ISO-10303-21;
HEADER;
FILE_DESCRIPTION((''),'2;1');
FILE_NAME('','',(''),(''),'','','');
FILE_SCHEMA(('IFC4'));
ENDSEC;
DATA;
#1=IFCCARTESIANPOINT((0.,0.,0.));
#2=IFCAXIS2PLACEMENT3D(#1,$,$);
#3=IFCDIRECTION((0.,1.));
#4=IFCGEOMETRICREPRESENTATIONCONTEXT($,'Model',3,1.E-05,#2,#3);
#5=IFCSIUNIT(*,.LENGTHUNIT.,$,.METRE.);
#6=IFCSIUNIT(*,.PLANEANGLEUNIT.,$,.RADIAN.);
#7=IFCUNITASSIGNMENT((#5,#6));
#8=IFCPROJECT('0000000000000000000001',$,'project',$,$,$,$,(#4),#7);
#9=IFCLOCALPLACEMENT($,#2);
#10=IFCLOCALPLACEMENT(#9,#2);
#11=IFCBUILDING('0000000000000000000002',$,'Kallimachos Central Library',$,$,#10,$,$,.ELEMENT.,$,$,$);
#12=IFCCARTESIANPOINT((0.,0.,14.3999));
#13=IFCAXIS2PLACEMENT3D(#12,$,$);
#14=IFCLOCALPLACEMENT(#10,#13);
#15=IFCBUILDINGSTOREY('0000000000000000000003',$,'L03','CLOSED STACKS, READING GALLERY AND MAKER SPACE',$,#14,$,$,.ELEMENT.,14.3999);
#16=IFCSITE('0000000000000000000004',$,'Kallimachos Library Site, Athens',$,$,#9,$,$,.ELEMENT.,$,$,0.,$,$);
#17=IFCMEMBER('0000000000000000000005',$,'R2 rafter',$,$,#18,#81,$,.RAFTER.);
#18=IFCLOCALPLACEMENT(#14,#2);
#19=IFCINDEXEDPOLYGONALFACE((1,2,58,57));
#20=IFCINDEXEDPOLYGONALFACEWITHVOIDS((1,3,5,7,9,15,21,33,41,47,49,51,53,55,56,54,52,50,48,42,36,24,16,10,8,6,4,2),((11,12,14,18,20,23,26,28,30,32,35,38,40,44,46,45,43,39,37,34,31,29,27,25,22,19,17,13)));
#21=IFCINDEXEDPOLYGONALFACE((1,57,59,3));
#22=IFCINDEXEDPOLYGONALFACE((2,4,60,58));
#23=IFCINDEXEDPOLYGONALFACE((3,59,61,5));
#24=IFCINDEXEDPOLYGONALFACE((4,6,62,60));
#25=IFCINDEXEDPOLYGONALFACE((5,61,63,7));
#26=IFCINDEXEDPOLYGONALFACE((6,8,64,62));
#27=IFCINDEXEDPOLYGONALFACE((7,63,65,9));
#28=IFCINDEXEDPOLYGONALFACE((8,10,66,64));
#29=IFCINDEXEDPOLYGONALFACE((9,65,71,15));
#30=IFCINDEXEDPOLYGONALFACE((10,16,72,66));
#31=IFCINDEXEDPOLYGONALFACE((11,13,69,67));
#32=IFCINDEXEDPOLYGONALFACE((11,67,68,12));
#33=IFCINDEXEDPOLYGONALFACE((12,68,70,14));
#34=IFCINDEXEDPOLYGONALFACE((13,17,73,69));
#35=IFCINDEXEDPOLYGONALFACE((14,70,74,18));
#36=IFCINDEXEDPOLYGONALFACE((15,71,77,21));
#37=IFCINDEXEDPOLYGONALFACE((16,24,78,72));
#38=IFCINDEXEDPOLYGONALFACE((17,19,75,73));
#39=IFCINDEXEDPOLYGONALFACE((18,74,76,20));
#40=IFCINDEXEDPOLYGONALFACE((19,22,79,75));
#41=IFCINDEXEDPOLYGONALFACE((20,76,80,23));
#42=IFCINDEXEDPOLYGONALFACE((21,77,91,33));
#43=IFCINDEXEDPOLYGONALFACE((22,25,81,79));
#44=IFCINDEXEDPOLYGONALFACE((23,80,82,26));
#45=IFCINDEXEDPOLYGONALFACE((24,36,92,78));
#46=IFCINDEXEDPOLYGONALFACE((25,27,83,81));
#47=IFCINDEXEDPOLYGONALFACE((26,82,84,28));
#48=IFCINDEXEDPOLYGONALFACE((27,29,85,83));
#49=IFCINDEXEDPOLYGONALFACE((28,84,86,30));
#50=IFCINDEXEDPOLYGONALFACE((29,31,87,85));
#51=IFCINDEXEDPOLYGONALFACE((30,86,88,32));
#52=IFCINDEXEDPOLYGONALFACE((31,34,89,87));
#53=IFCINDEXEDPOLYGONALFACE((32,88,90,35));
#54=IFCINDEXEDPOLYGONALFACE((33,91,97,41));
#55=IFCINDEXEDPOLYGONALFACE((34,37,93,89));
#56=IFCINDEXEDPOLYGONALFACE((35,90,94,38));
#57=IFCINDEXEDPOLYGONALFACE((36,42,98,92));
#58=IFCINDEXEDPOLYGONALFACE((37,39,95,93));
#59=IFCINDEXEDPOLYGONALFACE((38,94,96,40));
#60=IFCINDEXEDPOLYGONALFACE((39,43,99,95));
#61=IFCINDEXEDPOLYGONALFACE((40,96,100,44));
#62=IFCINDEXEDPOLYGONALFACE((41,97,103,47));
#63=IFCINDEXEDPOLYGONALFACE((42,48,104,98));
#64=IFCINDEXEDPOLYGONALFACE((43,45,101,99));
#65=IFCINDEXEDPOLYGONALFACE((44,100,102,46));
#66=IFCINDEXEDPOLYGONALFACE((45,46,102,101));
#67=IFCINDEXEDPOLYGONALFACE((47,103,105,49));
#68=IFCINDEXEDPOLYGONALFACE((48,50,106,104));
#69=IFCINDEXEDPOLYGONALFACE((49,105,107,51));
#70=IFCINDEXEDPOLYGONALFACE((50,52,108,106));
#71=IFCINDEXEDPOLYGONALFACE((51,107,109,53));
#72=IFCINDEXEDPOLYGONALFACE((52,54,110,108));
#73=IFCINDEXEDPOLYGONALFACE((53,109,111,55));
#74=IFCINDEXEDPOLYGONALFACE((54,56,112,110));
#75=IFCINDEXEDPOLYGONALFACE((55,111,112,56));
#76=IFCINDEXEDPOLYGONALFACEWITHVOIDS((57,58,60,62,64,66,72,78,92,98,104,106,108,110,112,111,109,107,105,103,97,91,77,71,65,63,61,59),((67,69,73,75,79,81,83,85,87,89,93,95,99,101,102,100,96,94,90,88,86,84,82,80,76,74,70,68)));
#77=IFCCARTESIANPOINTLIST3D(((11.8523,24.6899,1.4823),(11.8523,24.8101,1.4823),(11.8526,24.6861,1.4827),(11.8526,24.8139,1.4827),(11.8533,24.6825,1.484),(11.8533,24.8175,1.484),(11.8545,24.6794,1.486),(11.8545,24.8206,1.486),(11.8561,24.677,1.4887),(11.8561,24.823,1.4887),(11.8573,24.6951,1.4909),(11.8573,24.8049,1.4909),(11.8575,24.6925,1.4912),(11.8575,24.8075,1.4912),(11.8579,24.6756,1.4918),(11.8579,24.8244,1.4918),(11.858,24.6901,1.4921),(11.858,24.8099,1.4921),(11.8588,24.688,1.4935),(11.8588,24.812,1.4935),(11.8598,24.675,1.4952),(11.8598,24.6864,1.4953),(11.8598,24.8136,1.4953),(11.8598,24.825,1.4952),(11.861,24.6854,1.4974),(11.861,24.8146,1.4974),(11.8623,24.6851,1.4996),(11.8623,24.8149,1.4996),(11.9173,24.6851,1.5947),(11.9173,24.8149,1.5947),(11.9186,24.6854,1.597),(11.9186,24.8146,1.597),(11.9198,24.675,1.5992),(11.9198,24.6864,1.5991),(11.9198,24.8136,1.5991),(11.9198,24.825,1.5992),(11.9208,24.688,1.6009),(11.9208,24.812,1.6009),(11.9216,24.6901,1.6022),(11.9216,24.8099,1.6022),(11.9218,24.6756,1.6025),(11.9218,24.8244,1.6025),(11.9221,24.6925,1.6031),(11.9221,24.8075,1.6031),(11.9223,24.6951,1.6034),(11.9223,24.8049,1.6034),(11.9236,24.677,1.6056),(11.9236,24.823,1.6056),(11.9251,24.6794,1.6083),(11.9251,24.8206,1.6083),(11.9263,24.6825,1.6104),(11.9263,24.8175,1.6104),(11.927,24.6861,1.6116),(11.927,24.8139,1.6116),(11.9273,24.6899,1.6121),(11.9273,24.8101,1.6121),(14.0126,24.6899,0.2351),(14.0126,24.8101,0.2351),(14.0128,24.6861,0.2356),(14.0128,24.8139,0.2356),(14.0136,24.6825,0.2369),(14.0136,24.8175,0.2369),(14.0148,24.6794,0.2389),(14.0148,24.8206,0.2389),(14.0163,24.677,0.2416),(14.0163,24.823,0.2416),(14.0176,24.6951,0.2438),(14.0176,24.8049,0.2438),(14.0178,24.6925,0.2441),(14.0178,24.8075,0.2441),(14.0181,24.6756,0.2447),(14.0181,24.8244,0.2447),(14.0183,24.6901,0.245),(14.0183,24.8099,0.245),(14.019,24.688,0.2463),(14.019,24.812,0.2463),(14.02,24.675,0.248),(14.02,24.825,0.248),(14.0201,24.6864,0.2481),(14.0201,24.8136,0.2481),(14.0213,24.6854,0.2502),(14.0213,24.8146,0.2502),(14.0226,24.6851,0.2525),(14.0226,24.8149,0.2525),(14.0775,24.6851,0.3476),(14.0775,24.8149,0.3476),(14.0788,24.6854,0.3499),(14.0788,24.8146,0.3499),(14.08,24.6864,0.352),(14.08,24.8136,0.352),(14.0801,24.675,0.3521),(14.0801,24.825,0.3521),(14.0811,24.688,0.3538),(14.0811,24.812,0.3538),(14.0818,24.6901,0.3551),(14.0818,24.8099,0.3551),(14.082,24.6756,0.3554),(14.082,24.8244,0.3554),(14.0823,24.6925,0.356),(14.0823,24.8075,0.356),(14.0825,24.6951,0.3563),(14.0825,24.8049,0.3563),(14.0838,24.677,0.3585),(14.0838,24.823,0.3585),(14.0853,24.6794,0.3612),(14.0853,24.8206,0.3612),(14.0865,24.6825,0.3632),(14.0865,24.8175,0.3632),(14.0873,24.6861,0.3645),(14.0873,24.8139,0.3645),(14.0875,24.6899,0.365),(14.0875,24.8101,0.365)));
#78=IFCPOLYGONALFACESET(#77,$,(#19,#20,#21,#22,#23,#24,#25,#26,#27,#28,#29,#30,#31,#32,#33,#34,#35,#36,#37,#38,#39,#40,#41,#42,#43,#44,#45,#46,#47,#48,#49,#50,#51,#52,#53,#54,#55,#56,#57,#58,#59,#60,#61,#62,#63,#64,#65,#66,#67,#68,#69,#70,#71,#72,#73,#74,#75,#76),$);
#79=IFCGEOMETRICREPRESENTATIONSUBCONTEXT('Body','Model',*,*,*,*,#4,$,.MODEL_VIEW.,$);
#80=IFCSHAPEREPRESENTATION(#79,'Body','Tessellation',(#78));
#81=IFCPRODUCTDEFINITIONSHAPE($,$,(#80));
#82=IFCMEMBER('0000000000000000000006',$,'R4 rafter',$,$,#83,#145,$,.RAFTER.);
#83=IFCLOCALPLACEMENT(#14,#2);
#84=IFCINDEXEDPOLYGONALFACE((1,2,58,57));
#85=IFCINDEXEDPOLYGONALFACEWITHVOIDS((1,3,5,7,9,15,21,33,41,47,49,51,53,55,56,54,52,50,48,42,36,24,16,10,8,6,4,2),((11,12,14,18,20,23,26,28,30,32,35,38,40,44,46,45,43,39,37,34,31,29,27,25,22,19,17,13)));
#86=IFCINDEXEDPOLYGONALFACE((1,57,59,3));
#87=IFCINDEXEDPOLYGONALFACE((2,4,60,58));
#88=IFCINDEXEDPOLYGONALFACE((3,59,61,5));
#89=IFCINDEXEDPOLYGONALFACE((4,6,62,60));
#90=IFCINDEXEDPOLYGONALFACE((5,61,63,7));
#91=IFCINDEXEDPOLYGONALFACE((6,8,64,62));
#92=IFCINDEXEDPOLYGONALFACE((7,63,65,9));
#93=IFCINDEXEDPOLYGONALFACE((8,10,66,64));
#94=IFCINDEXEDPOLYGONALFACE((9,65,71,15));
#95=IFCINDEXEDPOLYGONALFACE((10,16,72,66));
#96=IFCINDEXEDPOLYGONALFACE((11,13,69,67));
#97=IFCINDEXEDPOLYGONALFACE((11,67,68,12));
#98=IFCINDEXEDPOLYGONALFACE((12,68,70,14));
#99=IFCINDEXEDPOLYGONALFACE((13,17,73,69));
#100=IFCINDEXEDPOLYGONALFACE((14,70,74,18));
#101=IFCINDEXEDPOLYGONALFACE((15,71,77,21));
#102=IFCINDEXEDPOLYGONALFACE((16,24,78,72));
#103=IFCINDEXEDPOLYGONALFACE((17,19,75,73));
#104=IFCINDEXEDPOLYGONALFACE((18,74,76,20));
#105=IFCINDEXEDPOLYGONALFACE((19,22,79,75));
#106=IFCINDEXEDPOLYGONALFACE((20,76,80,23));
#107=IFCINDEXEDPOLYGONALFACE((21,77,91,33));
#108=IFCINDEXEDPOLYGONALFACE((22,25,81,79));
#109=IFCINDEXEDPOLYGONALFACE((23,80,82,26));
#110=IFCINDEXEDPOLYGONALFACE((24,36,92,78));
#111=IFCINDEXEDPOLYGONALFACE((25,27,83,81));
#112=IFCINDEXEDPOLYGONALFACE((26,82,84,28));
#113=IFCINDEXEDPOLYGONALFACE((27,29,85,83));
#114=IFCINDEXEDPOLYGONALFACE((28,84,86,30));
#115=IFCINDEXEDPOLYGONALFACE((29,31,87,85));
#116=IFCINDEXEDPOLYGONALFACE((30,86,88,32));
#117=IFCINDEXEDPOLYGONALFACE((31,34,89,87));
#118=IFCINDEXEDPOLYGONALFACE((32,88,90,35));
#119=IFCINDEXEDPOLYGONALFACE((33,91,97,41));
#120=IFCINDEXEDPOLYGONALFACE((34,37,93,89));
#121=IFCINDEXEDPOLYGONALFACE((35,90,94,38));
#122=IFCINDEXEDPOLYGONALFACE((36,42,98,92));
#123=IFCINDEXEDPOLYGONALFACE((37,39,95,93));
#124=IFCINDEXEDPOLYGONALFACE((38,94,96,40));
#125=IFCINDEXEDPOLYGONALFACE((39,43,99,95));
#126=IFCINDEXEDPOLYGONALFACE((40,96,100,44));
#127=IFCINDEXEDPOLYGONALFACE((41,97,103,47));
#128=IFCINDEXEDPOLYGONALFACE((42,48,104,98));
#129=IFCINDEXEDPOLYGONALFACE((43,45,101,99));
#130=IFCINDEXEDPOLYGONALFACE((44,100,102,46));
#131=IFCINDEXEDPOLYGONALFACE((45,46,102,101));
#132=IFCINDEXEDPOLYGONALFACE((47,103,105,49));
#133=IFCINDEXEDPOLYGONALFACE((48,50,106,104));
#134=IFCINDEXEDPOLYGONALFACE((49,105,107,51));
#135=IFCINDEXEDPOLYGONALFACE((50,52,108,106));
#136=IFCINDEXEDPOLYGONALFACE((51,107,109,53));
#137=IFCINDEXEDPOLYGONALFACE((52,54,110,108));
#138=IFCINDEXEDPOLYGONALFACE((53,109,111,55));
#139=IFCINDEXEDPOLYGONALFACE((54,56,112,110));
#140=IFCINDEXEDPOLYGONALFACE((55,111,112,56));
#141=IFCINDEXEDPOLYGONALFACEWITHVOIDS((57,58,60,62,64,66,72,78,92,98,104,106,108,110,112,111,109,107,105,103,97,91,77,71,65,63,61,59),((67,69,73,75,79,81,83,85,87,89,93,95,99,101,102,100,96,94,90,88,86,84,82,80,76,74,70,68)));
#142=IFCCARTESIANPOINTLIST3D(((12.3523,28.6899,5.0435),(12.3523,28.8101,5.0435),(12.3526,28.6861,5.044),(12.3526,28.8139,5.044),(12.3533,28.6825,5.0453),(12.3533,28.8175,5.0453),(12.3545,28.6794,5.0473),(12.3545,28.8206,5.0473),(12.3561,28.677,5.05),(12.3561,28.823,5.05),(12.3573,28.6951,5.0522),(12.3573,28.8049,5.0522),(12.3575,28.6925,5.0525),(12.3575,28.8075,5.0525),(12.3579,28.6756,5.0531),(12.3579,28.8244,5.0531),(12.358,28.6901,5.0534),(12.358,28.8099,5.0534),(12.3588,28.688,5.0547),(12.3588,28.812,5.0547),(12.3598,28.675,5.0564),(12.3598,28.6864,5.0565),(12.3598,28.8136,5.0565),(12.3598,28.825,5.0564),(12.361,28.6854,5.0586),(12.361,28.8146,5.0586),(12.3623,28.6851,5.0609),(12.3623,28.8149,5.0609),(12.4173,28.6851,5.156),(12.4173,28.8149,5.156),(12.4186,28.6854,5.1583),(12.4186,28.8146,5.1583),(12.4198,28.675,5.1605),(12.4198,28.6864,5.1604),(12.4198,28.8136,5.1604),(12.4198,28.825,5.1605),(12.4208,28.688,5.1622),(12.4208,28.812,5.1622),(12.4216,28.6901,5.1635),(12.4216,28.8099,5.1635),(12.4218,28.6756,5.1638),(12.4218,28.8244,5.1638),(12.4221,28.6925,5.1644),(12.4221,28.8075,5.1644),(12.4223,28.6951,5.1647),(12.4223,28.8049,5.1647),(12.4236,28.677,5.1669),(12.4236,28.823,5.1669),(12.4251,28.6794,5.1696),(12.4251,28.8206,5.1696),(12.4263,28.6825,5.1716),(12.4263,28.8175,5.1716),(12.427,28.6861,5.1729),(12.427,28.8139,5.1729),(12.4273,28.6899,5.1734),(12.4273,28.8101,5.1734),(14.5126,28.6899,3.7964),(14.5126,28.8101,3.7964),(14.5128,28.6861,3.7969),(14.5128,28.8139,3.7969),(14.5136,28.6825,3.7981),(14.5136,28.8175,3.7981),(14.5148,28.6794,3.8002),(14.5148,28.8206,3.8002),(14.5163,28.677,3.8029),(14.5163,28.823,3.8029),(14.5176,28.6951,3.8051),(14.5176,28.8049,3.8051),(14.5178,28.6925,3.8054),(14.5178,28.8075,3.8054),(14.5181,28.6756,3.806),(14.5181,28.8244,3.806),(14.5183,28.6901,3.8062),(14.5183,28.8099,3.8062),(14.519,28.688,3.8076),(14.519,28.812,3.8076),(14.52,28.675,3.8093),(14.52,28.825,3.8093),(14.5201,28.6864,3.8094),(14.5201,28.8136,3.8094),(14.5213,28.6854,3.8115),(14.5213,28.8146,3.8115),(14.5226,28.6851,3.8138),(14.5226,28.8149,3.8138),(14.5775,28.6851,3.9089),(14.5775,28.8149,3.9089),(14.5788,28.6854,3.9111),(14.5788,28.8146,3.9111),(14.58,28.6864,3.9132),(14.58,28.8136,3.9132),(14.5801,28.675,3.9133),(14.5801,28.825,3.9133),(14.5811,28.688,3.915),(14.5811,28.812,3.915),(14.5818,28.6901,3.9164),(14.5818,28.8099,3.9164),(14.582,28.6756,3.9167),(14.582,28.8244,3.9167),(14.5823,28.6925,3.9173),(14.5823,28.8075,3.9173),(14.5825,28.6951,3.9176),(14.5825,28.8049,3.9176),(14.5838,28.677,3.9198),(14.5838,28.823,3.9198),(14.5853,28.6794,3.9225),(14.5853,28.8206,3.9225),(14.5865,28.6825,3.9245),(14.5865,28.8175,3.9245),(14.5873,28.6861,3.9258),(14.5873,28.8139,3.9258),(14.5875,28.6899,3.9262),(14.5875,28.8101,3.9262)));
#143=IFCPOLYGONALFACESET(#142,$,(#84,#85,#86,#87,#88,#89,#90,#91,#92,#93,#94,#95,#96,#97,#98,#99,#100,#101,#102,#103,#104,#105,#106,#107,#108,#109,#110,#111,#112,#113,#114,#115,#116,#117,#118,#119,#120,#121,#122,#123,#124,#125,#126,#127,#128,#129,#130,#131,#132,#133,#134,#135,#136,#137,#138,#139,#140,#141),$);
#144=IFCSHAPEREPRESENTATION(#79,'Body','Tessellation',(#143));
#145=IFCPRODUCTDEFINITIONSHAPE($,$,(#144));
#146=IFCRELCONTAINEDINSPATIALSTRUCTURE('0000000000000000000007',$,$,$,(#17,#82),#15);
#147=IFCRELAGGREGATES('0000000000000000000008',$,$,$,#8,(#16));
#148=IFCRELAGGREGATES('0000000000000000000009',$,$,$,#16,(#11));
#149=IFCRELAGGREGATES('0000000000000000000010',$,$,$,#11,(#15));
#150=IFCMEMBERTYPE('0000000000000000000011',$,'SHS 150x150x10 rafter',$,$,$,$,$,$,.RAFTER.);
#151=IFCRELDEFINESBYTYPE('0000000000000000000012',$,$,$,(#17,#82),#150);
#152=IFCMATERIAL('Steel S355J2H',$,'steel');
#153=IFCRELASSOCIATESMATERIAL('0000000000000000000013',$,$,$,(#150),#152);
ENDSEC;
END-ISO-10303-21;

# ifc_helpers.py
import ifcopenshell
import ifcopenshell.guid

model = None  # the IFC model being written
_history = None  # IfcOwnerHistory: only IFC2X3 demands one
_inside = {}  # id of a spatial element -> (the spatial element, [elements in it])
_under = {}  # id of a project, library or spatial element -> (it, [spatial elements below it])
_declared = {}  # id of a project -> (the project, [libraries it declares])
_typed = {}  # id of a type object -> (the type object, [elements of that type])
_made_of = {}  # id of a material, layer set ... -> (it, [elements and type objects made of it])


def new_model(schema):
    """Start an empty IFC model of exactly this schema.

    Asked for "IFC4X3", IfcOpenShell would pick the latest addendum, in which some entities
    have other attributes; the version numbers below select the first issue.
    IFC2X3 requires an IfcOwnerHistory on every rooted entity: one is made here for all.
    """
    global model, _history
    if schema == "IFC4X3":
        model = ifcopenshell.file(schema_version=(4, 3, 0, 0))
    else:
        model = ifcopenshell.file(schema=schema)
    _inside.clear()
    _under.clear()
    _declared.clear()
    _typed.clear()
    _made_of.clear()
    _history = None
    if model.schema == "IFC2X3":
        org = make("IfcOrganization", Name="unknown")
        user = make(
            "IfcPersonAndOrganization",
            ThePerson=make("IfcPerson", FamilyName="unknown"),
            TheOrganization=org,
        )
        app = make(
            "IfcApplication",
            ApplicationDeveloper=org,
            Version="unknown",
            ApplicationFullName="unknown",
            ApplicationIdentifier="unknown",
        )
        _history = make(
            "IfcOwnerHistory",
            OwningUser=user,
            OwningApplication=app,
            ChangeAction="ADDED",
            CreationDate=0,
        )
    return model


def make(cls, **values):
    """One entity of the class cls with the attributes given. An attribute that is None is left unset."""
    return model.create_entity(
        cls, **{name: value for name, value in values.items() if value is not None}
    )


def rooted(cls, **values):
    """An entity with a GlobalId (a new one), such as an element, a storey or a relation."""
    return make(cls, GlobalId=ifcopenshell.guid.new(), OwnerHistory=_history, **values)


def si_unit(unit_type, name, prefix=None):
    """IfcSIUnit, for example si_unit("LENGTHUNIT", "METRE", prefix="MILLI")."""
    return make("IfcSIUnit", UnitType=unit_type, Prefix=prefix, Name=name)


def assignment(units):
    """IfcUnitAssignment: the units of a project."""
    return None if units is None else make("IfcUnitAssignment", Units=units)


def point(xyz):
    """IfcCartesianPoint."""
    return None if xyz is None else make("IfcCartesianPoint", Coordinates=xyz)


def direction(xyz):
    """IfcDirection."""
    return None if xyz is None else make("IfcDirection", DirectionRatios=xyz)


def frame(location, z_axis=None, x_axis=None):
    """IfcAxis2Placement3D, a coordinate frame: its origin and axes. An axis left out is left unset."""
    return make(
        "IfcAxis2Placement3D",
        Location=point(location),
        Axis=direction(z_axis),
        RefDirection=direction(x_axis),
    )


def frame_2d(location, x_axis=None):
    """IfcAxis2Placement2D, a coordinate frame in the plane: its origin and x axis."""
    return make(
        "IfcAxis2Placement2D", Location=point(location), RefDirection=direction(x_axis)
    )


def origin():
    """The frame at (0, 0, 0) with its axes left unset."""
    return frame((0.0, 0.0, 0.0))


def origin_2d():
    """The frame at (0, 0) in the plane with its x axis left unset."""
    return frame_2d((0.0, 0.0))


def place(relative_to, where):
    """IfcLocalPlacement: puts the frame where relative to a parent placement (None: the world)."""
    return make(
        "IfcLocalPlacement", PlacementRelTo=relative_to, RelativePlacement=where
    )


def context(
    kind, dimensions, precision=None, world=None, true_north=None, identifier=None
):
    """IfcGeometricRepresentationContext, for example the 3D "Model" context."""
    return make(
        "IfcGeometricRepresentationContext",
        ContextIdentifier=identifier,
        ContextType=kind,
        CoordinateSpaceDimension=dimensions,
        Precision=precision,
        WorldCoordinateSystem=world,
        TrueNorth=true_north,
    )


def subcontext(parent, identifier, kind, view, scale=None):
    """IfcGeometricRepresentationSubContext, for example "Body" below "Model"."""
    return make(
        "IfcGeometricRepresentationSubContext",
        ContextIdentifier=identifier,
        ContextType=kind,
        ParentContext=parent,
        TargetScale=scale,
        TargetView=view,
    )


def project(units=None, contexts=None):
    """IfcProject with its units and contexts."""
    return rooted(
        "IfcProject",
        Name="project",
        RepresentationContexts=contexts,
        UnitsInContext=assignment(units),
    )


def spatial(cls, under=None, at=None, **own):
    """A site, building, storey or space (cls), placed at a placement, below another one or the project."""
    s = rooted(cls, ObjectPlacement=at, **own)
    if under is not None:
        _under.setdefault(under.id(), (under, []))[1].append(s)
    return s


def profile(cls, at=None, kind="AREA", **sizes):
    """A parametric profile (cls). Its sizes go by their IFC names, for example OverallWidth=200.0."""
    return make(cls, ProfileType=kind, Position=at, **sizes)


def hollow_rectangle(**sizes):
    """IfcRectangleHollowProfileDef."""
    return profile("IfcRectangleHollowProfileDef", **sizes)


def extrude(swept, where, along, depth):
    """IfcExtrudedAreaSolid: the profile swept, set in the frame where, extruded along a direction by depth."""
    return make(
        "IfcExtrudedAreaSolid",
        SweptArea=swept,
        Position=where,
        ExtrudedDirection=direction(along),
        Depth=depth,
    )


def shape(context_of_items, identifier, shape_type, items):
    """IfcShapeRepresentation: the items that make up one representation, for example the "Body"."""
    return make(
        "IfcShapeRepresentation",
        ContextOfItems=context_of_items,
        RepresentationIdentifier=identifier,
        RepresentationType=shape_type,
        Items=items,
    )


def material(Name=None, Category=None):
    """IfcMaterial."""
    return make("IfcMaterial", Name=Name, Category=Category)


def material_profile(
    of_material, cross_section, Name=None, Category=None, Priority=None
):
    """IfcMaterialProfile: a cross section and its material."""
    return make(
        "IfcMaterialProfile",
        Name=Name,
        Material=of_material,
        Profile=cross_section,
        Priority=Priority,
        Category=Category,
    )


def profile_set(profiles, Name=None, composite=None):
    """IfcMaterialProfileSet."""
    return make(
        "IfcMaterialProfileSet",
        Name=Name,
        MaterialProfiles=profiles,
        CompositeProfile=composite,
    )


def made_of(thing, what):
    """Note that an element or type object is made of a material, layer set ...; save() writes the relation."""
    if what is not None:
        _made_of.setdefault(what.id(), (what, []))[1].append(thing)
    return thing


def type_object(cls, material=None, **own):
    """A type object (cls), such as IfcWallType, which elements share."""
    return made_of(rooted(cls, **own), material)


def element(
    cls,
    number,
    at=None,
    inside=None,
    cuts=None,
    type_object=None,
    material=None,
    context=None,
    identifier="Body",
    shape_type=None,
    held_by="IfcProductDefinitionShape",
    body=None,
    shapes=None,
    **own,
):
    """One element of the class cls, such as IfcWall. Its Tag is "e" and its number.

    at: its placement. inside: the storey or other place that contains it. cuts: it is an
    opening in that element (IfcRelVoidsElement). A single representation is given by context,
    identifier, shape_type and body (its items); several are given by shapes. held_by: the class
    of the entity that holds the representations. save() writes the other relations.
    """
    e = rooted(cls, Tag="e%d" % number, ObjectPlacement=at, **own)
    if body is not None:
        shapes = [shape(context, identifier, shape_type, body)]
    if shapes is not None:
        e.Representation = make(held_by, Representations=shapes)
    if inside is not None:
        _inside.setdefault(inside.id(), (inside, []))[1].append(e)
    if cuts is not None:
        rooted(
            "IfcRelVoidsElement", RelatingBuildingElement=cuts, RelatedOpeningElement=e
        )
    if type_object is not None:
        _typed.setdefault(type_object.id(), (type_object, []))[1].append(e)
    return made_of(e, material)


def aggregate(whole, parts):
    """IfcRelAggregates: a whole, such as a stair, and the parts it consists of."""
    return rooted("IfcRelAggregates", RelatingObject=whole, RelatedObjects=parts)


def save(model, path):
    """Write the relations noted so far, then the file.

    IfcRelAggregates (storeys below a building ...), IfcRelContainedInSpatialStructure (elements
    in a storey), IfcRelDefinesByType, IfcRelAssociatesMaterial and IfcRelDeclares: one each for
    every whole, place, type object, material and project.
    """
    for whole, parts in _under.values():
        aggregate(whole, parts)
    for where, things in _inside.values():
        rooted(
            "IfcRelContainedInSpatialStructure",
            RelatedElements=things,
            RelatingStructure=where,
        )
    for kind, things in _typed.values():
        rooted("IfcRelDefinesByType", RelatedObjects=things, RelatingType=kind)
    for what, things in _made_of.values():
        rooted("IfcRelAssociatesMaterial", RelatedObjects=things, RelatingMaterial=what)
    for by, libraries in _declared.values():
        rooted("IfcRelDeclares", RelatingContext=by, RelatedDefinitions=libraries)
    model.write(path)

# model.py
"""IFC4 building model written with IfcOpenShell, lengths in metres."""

from ifc_helpers import new_model, si_unit, direction, frame, origin, origin_2d, place, context, subcontext, project, spatial, hollow_rectangle, extrude, material, material_profile, profile_set, type_object, element, save


model = new_model("IFC4")

# Units and contexts
model_context = context("Model", 3, precision=1e-05, world=origin(), true_north=direction((0.0, 1.0)))
body_context = subcontext(model_context, "Body", "Model", "MODEL_VIEW")
ifc_project = project(units=[si_unit("LENGTHUNIT", "METRE"), si_unit("PLANEANGLEUNIT", "RADIAN")], contexts=[model_context])

# Site, building, storey
site_placement = place(None, origin())
site = spatial("IfcSite", under=ifc_project, at=site_placement, Name="Kallimachos Library Site, Athens", CompositionType="ELEMENT", RefElevation=0.0)
building_placement = place(site_placement, origin())
building = spatial("IfcBuilding", under=site, at=building_placement, Name="Kallimachos Central Library", CompositionType="ELEMENT")
storey_placement = place(building_placement, frame((0.0, 0.0, 14.3999)))
storey = spatial("IfcBuildingStorey", under=building, at=storey_placement, Name="L03", Description="CLOSED STACKS, READING GALLERY AND MAKER SPACE", CompositionType="ELEMENT", Elevation=14.3999)

# Members
ifc_material_1 = material(Name="Steel S355J2H", Category="steel")
ifc_material_profile_1 = material_profile(ifc_material_1, hollow_rectangle(XDim=0.1499, YDim=0.1499, WallThickness=0.01, InnerFilletRadius=0.01, OuterFilletRadius=0.0149, at=origin_2d()), Name="SHS 150x150x10")
ifc_profile_set_1 = profile_set([ifc_material_profile_1], Name="Steel S355J2H")
member_type_1 = type_object("IfcMemberType", Name="SHS 150x150x10 rafter", PredefinedType="RAFTER", material=ifc_profile_set_1)
for number, where, z_axis, x_axis, name in (
    (1, (14.05, 24.75, 0.3), (-0.866042, 0.0, 0.499971), (0.0, -1.0, 0.0), "R2 rafter"),
    (2, (14.55, 28.75, 3.8613), (-0.866042, 0.0, 0.499971), (0.0, -1.0, 0.0), "R4 rafter"),
):
    element("IfcMember", number, at=place(storey_placement, frame(where, z_axis=z_axis, x_axis=x_axis)), inside=storey, type_object=member_type_1, Name=name, PredefinedType="RAFTER", context=body_context, shape_type="SweptSolid", body=[
        extrude(hollow_rectangle(XDim=0.1499, YDim=0.1499, WallThickness=0.01, InnerFilletRadius=0.01, OuterFilletRadius=0.0149, at=origin_2d()), origin(), (0.0, 0.0, 1.0), 2.4944),
    ])

save(model, "model.ifc")
